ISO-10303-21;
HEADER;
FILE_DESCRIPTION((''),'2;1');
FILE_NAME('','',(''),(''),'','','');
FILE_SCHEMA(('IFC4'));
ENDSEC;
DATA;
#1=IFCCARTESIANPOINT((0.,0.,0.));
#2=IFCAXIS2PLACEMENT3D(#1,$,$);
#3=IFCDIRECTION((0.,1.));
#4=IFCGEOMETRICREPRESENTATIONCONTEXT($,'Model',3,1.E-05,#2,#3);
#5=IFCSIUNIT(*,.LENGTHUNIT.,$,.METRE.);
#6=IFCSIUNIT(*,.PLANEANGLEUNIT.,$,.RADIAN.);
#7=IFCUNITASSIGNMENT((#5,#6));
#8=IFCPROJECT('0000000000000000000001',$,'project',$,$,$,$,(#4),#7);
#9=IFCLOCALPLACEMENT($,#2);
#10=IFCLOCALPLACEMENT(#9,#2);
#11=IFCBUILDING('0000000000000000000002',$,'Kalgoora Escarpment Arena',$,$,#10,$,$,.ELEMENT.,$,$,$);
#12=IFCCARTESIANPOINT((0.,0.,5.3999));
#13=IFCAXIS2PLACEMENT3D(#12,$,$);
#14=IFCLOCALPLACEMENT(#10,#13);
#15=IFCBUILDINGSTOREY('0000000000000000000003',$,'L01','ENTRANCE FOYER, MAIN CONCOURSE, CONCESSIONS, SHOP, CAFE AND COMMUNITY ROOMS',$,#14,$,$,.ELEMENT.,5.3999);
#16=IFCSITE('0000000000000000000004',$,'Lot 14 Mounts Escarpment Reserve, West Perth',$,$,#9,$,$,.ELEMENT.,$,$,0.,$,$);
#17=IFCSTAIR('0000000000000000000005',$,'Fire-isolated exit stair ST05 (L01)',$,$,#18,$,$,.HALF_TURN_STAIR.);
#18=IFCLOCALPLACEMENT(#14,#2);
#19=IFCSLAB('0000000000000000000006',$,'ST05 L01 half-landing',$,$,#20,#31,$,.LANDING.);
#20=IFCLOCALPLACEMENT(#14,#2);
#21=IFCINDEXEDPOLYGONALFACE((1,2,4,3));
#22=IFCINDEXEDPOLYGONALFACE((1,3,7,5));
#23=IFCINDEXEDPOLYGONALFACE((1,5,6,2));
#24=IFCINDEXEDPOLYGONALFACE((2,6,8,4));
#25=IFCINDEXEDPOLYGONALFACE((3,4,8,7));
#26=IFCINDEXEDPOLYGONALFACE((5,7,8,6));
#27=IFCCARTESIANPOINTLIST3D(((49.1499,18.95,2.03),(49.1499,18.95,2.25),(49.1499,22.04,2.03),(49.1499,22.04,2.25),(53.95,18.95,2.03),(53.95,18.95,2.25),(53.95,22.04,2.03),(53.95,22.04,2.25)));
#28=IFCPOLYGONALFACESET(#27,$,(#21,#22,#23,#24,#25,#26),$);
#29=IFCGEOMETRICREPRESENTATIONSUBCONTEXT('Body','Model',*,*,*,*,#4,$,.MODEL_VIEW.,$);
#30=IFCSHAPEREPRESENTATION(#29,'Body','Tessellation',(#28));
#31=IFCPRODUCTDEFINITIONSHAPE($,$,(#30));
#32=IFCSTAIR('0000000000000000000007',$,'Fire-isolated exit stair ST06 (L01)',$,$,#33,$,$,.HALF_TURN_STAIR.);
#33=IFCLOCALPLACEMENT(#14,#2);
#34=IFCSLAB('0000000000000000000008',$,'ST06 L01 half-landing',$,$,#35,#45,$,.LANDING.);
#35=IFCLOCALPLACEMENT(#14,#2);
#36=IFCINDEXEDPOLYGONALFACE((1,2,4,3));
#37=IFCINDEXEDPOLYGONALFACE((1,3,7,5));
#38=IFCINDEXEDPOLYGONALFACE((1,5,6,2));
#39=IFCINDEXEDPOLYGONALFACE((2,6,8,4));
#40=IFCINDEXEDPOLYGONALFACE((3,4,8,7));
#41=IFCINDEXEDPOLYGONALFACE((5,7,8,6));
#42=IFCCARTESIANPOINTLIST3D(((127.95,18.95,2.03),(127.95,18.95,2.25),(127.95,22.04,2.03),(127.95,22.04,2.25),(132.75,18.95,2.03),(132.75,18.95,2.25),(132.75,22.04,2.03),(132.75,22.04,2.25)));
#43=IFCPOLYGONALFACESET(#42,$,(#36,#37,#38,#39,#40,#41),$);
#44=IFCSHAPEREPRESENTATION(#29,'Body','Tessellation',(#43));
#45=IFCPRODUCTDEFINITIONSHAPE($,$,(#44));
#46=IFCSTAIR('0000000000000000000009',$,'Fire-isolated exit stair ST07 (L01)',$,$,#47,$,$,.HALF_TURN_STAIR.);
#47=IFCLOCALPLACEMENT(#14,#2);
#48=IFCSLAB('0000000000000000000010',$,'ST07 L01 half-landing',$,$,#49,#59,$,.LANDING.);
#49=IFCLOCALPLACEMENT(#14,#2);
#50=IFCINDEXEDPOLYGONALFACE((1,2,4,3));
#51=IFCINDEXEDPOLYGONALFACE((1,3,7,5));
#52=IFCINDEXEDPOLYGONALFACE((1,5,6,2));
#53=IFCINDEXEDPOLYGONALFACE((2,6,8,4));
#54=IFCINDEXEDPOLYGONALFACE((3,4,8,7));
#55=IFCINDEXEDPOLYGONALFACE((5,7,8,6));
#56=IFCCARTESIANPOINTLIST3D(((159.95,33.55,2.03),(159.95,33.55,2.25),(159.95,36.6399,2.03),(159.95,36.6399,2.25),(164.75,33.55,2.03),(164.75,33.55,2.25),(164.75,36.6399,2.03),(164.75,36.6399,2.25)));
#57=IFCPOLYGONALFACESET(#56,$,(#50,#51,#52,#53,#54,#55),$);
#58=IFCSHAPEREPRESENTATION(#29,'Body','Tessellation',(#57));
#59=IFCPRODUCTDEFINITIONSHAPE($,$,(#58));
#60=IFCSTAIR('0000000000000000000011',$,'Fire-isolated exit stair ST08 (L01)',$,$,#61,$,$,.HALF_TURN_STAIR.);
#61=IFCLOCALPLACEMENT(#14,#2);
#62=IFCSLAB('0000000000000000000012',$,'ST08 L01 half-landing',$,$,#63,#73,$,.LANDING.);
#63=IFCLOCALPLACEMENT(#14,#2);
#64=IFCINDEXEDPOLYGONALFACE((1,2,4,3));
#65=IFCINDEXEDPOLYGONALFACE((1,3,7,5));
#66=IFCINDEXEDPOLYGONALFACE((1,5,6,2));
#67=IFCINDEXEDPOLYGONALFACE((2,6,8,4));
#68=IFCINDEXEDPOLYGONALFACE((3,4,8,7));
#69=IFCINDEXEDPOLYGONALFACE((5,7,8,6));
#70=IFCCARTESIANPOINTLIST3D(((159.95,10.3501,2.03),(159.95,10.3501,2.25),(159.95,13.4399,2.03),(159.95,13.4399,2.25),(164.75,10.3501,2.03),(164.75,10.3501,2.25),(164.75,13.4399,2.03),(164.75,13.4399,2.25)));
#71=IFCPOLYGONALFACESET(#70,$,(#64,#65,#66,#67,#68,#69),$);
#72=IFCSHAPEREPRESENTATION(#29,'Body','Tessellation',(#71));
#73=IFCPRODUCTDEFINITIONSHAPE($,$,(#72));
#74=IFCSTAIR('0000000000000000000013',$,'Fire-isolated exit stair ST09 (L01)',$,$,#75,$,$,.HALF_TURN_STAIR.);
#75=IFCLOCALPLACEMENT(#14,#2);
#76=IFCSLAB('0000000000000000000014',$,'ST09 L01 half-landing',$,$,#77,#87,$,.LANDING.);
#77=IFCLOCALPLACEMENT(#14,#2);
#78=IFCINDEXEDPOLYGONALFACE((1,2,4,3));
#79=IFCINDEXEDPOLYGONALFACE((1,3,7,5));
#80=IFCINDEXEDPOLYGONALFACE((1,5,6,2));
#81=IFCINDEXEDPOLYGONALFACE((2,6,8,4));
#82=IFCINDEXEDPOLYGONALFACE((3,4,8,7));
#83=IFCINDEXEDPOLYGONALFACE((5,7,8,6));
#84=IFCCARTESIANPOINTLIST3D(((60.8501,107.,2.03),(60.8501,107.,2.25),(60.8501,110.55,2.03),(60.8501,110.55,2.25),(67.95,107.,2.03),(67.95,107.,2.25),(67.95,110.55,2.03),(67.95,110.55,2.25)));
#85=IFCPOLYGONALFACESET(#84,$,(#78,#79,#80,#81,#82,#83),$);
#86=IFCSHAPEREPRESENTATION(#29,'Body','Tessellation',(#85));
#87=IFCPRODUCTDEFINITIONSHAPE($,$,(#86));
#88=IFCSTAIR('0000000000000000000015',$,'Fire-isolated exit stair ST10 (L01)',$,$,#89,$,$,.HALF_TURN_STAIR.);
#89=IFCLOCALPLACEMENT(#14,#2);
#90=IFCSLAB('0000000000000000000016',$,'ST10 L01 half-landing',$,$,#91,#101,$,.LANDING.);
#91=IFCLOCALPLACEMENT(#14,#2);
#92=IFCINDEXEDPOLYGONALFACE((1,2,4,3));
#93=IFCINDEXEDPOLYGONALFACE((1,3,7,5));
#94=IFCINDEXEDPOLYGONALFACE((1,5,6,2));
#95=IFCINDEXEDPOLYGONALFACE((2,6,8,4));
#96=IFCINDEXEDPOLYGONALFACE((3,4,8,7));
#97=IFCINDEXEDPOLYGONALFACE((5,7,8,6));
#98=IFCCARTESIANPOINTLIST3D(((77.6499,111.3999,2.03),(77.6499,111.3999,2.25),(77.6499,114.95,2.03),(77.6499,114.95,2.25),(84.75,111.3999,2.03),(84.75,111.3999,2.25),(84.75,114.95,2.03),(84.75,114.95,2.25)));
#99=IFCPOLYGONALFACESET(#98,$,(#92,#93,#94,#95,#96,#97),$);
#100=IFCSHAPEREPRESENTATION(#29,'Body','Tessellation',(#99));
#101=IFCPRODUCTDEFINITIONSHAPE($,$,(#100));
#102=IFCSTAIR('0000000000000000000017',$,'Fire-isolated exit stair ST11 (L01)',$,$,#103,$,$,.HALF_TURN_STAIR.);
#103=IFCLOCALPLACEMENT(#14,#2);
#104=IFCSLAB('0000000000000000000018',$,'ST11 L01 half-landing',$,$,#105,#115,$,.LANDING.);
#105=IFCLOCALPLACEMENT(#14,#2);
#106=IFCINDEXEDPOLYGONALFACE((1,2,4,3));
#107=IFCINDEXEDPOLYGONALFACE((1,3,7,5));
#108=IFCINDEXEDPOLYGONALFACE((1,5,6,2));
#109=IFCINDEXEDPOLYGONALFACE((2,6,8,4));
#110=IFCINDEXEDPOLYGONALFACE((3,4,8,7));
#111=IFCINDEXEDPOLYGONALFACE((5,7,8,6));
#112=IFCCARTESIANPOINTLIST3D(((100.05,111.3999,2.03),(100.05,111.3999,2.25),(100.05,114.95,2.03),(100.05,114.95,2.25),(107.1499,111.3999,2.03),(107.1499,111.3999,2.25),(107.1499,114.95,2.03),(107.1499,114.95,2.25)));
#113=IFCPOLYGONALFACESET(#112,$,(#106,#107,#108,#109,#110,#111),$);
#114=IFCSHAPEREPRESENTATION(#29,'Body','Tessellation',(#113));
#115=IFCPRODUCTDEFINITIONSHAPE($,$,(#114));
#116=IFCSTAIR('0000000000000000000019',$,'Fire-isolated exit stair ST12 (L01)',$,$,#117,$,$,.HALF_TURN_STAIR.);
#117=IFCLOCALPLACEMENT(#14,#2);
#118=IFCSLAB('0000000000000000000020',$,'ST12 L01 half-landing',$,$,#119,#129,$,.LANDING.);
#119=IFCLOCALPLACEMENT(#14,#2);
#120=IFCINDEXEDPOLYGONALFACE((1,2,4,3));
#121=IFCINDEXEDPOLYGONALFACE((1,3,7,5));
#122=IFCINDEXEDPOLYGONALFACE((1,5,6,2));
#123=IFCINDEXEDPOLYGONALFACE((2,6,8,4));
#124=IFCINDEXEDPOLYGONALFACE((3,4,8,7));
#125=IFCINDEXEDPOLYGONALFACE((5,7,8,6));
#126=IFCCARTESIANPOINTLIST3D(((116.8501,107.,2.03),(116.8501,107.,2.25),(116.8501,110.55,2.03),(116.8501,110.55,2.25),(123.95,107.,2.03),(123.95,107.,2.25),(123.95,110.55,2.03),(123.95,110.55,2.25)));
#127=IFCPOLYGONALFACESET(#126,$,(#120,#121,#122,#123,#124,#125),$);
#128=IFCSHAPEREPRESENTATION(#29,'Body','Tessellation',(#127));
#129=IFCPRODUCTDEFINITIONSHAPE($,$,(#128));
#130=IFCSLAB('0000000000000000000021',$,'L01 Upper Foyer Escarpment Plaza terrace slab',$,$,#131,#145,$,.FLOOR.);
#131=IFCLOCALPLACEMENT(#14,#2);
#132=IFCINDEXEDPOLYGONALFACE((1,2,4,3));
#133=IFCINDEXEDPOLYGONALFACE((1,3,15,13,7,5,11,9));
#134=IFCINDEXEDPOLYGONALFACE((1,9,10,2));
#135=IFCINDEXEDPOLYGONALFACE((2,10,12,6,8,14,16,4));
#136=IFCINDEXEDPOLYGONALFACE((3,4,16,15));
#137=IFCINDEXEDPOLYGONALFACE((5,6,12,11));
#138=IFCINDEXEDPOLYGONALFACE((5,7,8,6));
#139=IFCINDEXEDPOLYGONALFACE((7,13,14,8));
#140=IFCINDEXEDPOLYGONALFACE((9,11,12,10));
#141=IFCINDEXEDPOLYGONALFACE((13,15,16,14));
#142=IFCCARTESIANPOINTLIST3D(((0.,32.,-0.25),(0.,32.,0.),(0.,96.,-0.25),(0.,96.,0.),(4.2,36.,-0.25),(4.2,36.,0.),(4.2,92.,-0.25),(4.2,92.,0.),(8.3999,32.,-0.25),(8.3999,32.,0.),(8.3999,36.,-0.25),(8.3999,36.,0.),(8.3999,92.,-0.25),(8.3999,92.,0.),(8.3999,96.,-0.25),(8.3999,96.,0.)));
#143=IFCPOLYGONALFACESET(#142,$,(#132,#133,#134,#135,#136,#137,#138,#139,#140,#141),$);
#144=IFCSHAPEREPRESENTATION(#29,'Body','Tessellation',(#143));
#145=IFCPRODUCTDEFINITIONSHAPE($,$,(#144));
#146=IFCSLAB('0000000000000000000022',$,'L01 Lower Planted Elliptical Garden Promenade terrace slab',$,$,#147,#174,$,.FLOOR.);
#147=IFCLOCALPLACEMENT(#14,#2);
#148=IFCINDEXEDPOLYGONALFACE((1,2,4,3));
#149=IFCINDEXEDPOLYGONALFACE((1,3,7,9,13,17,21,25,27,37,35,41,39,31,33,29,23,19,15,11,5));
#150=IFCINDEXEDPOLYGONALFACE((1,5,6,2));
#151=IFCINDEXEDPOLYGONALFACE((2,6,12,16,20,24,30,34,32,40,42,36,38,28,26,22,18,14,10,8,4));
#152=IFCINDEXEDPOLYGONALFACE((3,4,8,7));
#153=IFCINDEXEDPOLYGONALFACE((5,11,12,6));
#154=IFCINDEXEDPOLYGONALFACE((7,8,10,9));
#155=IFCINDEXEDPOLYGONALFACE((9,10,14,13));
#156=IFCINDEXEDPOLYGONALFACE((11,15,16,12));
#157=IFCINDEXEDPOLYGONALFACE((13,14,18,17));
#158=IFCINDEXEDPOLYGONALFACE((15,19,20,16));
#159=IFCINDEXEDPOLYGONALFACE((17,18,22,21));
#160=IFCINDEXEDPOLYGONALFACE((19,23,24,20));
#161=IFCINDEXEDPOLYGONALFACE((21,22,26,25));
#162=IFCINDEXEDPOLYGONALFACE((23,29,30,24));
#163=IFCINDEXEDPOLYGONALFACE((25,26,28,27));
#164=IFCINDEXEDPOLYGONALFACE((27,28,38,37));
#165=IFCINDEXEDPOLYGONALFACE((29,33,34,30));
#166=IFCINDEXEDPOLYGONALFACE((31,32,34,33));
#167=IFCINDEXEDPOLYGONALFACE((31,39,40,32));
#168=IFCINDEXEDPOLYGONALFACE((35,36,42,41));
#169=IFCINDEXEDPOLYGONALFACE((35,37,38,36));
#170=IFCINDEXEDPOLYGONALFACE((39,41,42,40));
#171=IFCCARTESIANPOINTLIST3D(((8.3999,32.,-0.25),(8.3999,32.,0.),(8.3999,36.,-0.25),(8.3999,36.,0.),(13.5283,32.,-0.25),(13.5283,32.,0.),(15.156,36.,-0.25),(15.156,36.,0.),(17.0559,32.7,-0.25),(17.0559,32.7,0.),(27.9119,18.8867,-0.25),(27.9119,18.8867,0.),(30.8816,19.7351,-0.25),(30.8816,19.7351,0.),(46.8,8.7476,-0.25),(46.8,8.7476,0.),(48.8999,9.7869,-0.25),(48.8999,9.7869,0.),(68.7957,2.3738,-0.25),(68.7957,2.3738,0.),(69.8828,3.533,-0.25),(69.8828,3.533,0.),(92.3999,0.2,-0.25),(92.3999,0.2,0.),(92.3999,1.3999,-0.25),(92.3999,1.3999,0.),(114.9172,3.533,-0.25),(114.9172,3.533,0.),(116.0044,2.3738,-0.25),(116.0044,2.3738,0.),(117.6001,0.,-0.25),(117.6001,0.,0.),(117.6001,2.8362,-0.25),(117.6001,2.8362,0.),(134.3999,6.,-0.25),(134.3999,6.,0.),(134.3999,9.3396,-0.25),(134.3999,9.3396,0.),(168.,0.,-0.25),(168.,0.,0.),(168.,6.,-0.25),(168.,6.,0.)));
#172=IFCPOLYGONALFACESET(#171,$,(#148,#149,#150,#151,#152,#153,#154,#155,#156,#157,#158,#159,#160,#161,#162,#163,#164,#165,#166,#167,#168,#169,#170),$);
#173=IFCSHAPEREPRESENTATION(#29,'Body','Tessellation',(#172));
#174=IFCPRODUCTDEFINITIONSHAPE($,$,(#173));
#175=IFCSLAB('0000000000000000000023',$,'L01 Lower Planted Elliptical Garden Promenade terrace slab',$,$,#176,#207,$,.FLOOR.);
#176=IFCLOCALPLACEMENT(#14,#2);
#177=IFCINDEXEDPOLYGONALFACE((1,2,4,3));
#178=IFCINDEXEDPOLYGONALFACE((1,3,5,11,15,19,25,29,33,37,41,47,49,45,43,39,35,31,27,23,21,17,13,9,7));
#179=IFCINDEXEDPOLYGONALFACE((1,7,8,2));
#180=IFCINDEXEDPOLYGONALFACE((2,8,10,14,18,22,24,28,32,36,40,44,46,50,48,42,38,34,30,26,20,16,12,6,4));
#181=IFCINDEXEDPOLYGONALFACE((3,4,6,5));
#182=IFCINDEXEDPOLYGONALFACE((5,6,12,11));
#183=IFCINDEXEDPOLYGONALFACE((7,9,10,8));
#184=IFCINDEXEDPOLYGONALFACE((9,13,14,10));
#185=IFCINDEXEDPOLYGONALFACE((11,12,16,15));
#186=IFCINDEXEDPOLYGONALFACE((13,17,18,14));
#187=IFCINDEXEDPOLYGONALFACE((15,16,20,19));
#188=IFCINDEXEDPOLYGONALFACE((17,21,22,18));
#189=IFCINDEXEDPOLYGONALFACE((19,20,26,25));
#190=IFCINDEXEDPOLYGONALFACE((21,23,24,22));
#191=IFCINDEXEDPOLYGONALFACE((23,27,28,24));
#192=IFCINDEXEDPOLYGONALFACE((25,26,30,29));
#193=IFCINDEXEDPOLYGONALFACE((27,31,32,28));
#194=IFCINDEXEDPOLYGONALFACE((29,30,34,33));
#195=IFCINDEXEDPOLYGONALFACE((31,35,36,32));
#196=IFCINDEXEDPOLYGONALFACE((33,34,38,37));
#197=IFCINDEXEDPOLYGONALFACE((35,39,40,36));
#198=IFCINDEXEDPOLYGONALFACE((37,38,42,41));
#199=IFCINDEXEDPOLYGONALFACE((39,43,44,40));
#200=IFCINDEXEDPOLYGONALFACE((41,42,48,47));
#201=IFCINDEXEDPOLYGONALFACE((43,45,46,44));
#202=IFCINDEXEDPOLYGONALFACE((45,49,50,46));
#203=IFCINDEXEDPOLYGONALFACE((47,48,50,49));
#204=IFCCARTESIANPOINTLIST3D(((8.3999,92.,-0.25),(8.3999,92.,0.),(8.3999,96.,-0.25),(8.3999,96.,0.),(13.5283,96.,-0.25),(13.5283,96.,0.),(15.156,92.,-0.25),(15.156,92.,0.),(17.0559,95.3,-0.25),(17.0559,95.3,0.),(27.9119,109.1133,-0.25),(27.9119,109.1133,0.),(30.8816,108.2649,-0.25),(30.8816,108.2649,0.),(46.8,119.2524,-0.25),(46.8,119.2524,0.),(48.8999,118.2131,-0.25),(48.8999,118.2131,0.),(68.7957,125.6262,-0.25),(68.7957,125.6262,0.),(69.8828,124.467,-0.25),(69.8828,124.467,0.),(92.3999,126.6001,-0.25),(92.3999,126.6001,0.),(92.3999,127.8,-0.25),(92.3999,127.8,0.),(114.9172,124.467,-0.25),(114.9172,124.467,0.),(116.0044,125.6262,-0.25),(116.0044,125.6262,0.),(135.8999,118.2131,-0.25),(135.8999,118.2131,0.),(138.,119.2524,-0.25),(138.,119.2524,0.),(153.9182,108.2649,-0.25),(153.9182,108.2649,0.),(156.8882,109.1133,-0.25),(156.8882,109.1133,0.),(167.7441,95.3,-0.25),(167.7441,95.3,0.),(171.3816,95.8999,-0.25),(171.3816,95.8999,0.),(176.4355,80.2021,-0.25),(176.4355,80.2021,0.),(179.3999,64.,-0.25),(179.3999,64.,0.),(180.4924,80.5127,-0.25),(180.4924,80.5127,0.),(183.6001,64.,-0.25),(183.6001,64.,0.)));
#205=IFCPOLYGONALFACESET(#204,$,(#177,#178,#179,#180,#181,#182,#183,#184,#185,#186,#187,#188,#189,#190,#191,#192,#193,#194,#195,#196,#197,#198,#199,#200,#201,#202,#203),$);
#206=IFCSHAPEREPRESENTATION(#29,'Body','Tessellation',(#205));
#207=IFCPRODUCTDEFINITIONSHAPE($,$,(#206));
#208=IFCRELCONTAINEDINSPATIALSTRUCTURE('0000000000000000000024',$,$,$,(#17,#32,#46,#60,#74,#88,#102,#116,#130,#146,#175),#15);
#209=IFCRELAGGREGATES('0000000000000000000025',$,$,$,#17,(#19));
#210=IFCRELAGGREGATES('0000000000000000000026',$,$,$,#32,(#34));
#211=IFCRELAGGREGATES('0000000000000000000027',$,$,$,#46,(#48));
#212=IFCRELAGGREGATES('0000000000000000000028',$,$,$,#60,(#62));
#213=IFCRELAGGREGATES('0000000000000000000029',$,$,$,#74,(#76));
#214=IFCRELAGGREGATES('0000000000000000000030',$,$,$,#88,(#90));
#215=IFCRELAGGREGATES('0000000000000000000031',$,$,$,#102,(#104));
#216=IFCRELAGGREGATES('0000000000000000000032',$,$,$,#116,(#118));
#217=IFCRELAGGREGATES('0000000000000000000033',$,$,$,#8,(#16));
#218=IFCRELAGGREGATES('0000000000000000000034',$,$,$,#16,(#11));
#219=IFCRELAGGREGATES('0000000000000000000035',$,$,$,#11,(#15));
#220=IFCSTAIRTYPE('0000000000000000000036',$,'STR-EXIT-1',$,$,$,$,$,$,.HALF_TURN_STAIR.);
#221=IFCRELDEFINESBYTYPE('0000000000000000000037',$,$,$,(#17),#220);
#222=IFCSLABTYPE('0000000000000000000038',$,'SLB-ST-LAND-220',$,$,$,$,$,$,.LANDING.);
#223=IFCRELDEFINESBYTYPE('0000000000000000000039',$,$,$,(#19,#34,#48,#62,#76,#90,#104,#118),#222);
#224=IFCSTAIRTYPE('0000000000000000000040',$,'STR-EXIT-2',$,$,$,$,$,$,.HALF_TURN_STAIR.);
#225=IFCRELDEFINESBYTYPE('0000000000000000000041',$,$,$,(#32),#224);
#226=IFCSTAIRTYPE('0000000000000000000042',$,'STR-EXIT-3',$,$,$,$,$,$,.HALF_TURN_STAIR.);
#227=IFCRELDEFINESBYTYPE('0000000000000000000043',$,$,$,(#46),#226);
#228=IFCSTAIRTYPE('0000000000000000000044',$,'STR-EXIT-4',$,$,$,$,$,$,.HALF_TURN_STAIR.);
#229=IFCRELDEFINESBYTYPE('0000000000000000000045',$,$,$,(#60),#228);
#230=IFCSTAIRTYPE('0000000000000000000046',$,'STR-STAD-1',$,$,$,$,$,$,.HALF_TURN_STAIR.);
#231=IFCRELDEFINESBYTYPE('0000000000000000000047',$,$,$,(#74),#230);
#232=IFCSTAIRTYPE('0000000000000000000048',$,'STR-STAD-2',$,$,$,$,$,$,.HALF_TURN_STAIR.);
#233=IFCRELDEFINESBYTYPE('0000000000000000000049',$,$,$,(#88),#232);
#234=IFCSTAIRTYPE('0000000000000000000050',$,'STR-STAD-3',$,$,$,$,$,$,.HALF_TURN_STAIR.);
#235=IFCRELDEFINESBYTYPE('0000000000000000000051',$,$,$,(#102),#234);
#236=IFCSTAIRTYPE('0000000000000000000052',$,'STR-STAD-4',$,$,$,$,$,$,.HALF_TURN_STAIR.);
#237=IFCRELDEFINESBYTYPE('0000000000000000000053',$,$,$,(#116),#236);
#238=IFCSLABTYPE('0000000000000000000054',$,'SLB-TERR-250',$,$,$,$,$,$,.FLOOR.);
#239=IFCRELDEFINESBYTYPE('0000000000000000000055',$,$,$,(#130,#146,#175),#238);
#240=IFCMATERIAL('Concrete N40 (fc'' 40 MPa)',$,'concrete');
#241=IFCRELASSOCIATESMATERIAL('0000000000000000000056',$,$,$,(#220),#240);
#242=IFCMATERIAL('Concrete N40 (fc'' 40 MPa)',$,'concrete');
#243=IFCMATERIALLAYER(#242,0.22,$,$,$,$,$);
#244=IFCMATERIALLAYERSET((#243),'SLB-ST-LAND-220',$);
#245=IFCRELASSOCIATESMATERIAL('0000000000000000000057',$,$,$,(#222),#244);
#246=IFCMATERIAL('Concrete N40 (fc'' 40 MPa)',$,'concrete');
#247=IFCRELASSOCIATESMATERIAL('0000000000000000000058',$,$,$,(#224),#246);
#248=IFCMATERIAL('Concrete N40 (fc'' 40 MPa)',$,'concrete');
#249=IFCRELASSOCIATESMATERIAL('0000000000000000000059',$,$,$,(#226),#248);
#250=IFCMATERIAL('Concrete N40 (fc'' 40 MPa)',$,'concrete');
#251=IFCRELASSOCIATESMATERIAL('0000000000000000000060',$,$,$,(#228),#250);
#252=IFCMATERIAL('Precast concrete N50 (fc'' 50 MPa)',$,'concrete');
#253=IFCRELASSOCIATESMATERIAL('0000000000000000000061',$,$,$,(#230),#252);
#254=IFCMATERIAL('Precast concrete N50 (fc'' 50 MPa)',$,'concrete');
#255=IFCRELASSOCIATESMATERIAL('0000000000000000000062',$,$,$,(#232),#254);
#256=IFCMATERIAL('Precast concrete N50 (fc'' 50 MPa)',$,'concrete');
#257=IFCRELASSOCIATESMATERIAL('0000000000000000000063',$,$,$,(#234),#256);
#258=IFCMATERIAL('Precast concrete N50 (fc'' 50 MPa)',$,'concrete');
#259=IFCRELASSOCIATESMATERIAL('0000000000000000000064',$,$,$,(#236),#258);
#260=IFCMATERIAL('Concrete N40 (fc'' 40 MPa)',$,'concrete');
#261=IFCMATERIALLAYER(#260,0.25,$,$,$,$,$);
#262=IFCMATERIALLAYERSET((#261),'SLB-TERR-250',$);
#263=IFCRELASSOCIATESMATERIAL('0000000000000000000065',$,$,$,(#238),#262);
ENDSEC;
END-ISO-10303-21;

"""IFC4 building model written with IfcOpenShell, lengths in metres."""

from ifc_helpers import new_model, si_unit, direction, frame, origin, place, context, subcontext, project, spatial, polyline, outline, extrude, material, layer, layer_set, type_object, element, aggregate, save


model = new_model("IFC4")

# Units and contexts
model_context = context("Model", 3, precision=1e-05, world=origin(), true_north=direction((0.0, 1.0)))
body_context = subcontext(model_context, "Body", "Model", "MODEL_VIEW")
ifc_project = project(units=[si_unit("LENGTHUNIT", "METRE"), si_unit("PLANEANGLEUNIT", "RADIAN")], contexts=[model_context])

# Site, building, storey
site_placement = place(None, origin())
site = spatial("IfcSite", under=ifc_project, at=site_placement, Name="Lot 14 Mounts Escarpment Reserve, West Perth", CompositionType="ELEMENT", RefElevation=0.0)
building_placement = place(site_placement, origin())
building = spatial("IfcBuilding", under=site, at=building_placement, Name="Kalgoora Escarpment Arena", CompositionType="ELEMENT")
storey_placement = place(building_placement, frame((0.0, 0.0, 5.3999)))
storey = spatial("IfcBuildingStorey", under=building, at=storey_placement, Name="L01", Description="ENTRANCE FOYER, MAIN CONCOURSE, CONCESSIONS, SHOP, CAFE AND COMMUNITY ROOMS", CompositionType="ELEMENT", Elevation=5.3999)

# Stairs, slabs
ifc_material_1 = material(Name="Concrete N40 (fc' 40 MPa)", Category="concrete")
stair_type_1 = type_object("IfcStairType", Name="STR-EXIT-1", PredefinedType="HALF_TURN_STAIR", material=ifc_material_1)
ifc_material_2 = material(Name="Concrete N40 (fc' 40 MPa)", Category="concrete")
ifc_layer_1 = layer(ifc_material_2, 0.22)
ifc_layer_set_1 = layer_set([ifc_layer_1], Name="SLB-ST-LAND-220")
slab_type_1 = type_object("IfcSlabType", Name="SLB-ST-LAND-220", PredefinedType="LANDING", material=ifc_layer_set_1)
ifc_material_3 = material(Name="Concrete N40 (fc' 40 MPa)", Category="concrete")
stair_type_2 = type_object("IfcStairType", Name="STR-EXIT-2", PredefinedType="HALF_TURN_STAIR", material=ifc_material_3)
ifc_material_4 = material(Name="Concrete N40 (fc' 40 MPa)", Category="concrete")
stair_type_3 = type_object("IfcStairType", Name="STR-EXIT-3", PredefinedType="HALF_TURN_STAIR", material=ifc_material_4)
ifc_material_5 = material(Name="Concrete N40 (fc' 40 MPa)", Category="concrete")
stair_type_4 = type_object("IfcStairType", Name="STR-EXIT-4", PredefinedType="HALF_TURN_STAIR", material=ifc_material_5)
stair_1_placement = place(storey_placement, origin())
stair_1 = element("IfcStair", 1, at=stair_1_placement, inside=storey, type_object=stair_type_1, Name="Fire-isolated exit stair ST05 (L01)", PredefinedType="HALF_TURN_STAIR")
slab_1_placement = place(storey_placement, frame((0.0, 0.0, 2.03)))
slab_1 = element("IfcSlab", 2, at=slab_1_placement, type_object=slab_type_1, Name="ST05 L01 half-landing", PredefinedType="LANDING", context=body_context, shape_type="SweptSolid", body=[
    extrude(outline(polyline([(53.95, 22.04), (53.95, 18.95), (49.1499, 18.95), (49.1499, 22.04), (53.95, 22.04)])), origin(), (0.0, 0.0, 1.0), 0.22),
])
aggregate(stair_1, [slab_1])
stair_2_placement = place(storey_placement, origin())
stair_2 = element("IfcStair", 3, at=stair_2_placement, inside=storey, type_object=stair_type_2, Name="Fire-isolated exit stair ST06 (L01)", PredefinedType="HALF_TURN_STAIR")
slab_2_placement = place(storey_placement, frame((0.0, 0.0, 2.03)))
slab_2 = element("IfcSlab", 4, at=slab_2_placement, type_object=slab_type_1, Name="ST06 L01 half-landing", PredefinedType="LANDING", context=body_context, shape_type="SweptSolid", body=[
    extrude(outline(polyline([(132.75, 22.04), (132.75, 18.95), (127.95, 18.95), (127.95, 22.04), (132.75, 22.04)])), origin(), (0.0, 0.0, 1.0), 0.22),
])
aggregate(stair_2, [slab_2])
stair_3_placement = place(storey_placement, origin())
stair_3 = element("IfcStair", 5, at=stair_3_placement, inside=storey, type_object=stair_type_3, Name="Fire-isolated exit stair ST07 (L01)", PredefinedType="HALF_TURN_STAIR")
slab_3_placement = place(storey_placement, frame((0.0, 0.0, 2.03)))
slab_3 = element("IfcSlab", 6, at=slab_3_placement, type_object=slab_type_1, Name="ST07 L01 half-landing", PredefinedType="LANDING", context=body_context, shape_type="SweptSolid", body=[
    extrude(outline(polyline([(164.75, 36.6399), (164.75, 33.55), (159.95, 33.55), (159.95, 36.6399), (164.75, 36.6399)])), origin(), (0.0, 0.0, 1.0), 0.22),
])
aggregate(stair_3, [slab_3])
stair_4_placement = place(storey_placement, origin())
stair_4 = element("IfcStair", 7, at=stair_4_placement, inside=storey, type_object=stair_type_4, Name="Fire-isolated exit stair ST08 (L01)", PredefinedType="HALF_TURN_STAIR")
slab_4_placement = place(storey_placement, frame((0.0, 0.0, 2.03)))
slab_4 = element("IfcSlab", 8, at=slab_4_placement, type_object=slab_type_1, Name="ST08 L01 half-landing", PredefinedType="LANDING", context=body_context, shape_type="SweptSolid", body=[
    extrude(outline(polyline([(164.75, 13.4399), (164.75, 10.3501), (159.95, 10.3501), (159.95, 13.4399), (164.75, 13.4399)])), origin(), (0.0, 0.0, 1.0), 0.22),
])
aggregate(stair_4, [slab_4])
ifc_material_6 = material(Name="Precast concrete N50 (fc' 50 MPa)", Category="concrete")
stair_type_5 = type_object("IfcStairType", Name="STR-STAD-1", PredefinedType="HALF_TURN_STAIR", material=ifc_material_6)
stair_5_placement = place(storey_placement, origin())
stair_5 = element("IfcStair", 9, at=stair_5_placement, inside=storey, type_object=stair_type_5, Name="Fire-isolated exit stair ST09 (L01)", PredefinedType="HALF_TURN_STAIR")
slab_5_placement = place(storey_placement, frame((0.0, 0.0, 2.03)))
slab_5 = element("IfcSlab", 10, at=slab_5_placement, type_object=slab_type_1, Name="ST09 L01 half-landing", PredefinedType="LANDING", context=body_context, shape_type="SweptSolid", body=[
    extrude(outline(polyline([(60.8501, 107.0), (60.8501, 110.55), (67.95, 110.55), (67.95, 107.0), (60.8501, 107.0)])), origin(), (0.0, 0.0, 1.0), 0.22),
])
aggregate(stair_5, [slab_5])
ifc_material_7 = material(Name="Precast concrete N50 (fc' 50 MPa)", Category="concrete")
stair_type_6 = type_object("IfcStairType", Name="STR-STAD-2", PredefinedType="HALF_TURN_STAIR", material=ifc_material_7)
stair_6_placement = place(storey_placement, origin())
stair_6 = element("IfcStair", 11, at=stair_6_placement, inside=storey, type_object=stair_type_6, Name="Fire-isolated exit stair ST10 (L01)", PredefinedType="HALF_TURN_STAIR")
slab_6_placement = place(storey_placement, frame((0.0, 0.0, 2.03)))
slab_6 = element("IfcSlab", 12, at=slab_6_placement, type_object=slab_type_1, Name="ST10 L01 half-landing", PredefinedType="LANDING", context=body_context, shape_type="SweptSolid", body=[
    extrude(outline(polyline([(77.6499, 111.3999), (77.6499, 114.95), (84.75, 114.95), (84.75, 111.3999), (77.6499, 111.3999)])), origin(), (0.0, 0.0, 1.0), 0.22),
])
aggregate(stair_6, [slab_6])
ifc_material_8 = material(Name="Precast concrete N50 (fc' 50 MPa)", Category="concrete")
stair_type_7 = type_object("IfcStairType", Name="STR-STAD-3", PredefinedType="HALF_TURN_STAIR", material=ifc_material_8)
stair_7_placement = place(storey_placement, origin())
stair_7 = element("IfcStair", 13, at=stair_7_placement, inside=storey, type_object=stair_type_7, Name="Fire-isolated exit stair ST11 (L01)", PredefinedType="HALF_TURN_STAIR")
slab_7_placement = place(storey_placement, frame((0.0, 0.0, 2.03)))
slab_7 = element("IfcSlab", 14, at=slab_7_placement, type_object=slab_type_1, Name="ST11 L01 half-landing", PredefinedType="LANDING", context=body_context, shape_type="SweptSolid", body=[
    extrude(outline(polyline([(100.05, 111.3999), (100.05, 114.95), (107.1499, 114.95), (107.1499, 111.3999), (100.05, 111.3999)])), origin(), (0.0, 0.0, 1.0), 0.22),
])
aggregate(stair_7, [slab_7])
ifc_material_9 = material(Name="Precast concrete N50 (fc' 50 MPa)", Category="concrete")
stair_type_8 = type_object("IfcStairType", Name="STR-STAD-4", PredefinedType="HALF_TURN_STAIR", material=ifc_material_9)
stair_8_placement = place(storey_placement, origin())
stair_8 = element("IfcStair", 15, at=stair_8_placement, inside=storey, type_object=stair_type_8, Name="Fire-isolated exit stair ST12 (L01)", PredefinedType="HALF_TURN_STAIR")
slab_8_placement = place(storey_placement, frame((0.0, 0.0, 2.03)))
slab_8 = element("IfcSlab", 16, at=slab_8_placement, type_object=slab_type_1, Name="ST12 L01 half-landing", PredefinedType="LANDING", context=body_context, shape_type="SweptSolid", body=[
    extrude(outline(polyline([(116.8501, 107.0), (116.8501, 110.55), (123.95, 110.55), (123.95, 107.0), (116.8501, 107.0)])), origin(), (0.0, 0.0, 1.0), 0.22),
])
aggregate(stair_8, [slab_8])

# Slabs
ifc_material_10 = material(Name="Concrete N40 (fc' 40 MPa)", Category="concrete")
ifc_layer_2 = layer(ifc_material_10, 0.25)
ifc_layer_set_2 = layer_set([ifc_layer_2], Name="SLB-TERR-250")
slab_type_2 = type_object("IfcSlabType", Name="SLB-TERR-250", PredefinedType="FLOOR", material=ifc_layer_set_2)
slab_9_placement = place(storey_placement, frame((0.0, 0.0, -0.25)))
element("IfcSlab", 17, at=slab_9_placement, inside=storey, type_object=slab_type_2, Name="L01 Upper Foyer Escarpment Plaza terrace slab", PredefinedType="FLOOR", context=body_context, shape_type="SweptSolid", body=[
    extrude(outline(polyline([(0.0, 96.0), (8.3999, 96.0), (8.3999, 92.0), (4.2, 92.0), (4.2, 36.0), (8.3999, 36.0), (8.3999, 32.0), (0.0, 32.0), (0.0, 96.0)])), origin(), (0.0, 0.0, 1.0), 0.25),
])
slab_10_placement = place(storey_placement, frame((0.0, 0.0, -0.25)))
element("IfcSlab", 18, at=slab_10_placement, inside=storey, type_object=slab_type_2, Name="L01 Lower Planted Elliptical Garden Promenade terrace slab", PredefinedType="FLOOR", context=body_context, shape_type="SweptSolid", body=[
    extrude(outline(polyline([(68.7957, 2.3738), (46.8, 8.7476), (27.9119, 18.8867), (13.5283, 32.0), (8.3999, 32.0), (8.3999, 36.0), (15.156, 36.0), (17.0559, 32.7), (30.8816, 19.7351), (48.8999, 9.7869), (69.8828, 3.533), (92.3999, 1.3999), (114.9172, 3.533), (134.3999, 9.3396), (134.3999, 6.0), (168.0, 6.0), (168.0, 0.0), (117.6001, 0.0), (117.6001, 2.8362), (116.0044, 2.3738), (92.3999, 0.2), (68.7957, 2.3738)])), origin(), (0.0, 0.0, 1.0), 0.25),
])
slab_11_placement = place(storey_placement, frame((0.0, 0.0, -0.25)))
element("IfcSlab", 19, at=slab_11_placement, inside=storey, type_object=slab_type_2, Name="L01 Lower Planted Elliptical Garden Promenade terrace slab", PredefinedType="FLOOR", context=body_context, shape_type="SweptSolid", body=[
    extrude(outline(polyline([(167.7441, 95.3), (153.9182, 108.2649), (135.8999, 118.2131), (114.9172, 124.467), (92.3999, 126.6001), (69.8828, 124.467), (48.8999, 118.2131), (30.8816, 108.2649), (17.0559, 95.3), (15.156, 92.0), (8.3999, 92.0), (8.3999, 96.0), (13.5283, 96.0), (27.9119, 109.1133), (46.8, 119.2524), (68.7957, 125.6262), (92.3999, 127.8), (116.0044, 125.6262), (138.0, 119.2524), (156.8882, 109.1133), (171.3816, 95.8999), (180.4924, 80.5127), (183.6001, 64.0), (179.3999, 64.0), (176.4355, 80.2021), (167.7441, 95.3)])), origin(), (0.0, 0.0, 1.0), 0.25),
])

save(model, "model.ifc")
